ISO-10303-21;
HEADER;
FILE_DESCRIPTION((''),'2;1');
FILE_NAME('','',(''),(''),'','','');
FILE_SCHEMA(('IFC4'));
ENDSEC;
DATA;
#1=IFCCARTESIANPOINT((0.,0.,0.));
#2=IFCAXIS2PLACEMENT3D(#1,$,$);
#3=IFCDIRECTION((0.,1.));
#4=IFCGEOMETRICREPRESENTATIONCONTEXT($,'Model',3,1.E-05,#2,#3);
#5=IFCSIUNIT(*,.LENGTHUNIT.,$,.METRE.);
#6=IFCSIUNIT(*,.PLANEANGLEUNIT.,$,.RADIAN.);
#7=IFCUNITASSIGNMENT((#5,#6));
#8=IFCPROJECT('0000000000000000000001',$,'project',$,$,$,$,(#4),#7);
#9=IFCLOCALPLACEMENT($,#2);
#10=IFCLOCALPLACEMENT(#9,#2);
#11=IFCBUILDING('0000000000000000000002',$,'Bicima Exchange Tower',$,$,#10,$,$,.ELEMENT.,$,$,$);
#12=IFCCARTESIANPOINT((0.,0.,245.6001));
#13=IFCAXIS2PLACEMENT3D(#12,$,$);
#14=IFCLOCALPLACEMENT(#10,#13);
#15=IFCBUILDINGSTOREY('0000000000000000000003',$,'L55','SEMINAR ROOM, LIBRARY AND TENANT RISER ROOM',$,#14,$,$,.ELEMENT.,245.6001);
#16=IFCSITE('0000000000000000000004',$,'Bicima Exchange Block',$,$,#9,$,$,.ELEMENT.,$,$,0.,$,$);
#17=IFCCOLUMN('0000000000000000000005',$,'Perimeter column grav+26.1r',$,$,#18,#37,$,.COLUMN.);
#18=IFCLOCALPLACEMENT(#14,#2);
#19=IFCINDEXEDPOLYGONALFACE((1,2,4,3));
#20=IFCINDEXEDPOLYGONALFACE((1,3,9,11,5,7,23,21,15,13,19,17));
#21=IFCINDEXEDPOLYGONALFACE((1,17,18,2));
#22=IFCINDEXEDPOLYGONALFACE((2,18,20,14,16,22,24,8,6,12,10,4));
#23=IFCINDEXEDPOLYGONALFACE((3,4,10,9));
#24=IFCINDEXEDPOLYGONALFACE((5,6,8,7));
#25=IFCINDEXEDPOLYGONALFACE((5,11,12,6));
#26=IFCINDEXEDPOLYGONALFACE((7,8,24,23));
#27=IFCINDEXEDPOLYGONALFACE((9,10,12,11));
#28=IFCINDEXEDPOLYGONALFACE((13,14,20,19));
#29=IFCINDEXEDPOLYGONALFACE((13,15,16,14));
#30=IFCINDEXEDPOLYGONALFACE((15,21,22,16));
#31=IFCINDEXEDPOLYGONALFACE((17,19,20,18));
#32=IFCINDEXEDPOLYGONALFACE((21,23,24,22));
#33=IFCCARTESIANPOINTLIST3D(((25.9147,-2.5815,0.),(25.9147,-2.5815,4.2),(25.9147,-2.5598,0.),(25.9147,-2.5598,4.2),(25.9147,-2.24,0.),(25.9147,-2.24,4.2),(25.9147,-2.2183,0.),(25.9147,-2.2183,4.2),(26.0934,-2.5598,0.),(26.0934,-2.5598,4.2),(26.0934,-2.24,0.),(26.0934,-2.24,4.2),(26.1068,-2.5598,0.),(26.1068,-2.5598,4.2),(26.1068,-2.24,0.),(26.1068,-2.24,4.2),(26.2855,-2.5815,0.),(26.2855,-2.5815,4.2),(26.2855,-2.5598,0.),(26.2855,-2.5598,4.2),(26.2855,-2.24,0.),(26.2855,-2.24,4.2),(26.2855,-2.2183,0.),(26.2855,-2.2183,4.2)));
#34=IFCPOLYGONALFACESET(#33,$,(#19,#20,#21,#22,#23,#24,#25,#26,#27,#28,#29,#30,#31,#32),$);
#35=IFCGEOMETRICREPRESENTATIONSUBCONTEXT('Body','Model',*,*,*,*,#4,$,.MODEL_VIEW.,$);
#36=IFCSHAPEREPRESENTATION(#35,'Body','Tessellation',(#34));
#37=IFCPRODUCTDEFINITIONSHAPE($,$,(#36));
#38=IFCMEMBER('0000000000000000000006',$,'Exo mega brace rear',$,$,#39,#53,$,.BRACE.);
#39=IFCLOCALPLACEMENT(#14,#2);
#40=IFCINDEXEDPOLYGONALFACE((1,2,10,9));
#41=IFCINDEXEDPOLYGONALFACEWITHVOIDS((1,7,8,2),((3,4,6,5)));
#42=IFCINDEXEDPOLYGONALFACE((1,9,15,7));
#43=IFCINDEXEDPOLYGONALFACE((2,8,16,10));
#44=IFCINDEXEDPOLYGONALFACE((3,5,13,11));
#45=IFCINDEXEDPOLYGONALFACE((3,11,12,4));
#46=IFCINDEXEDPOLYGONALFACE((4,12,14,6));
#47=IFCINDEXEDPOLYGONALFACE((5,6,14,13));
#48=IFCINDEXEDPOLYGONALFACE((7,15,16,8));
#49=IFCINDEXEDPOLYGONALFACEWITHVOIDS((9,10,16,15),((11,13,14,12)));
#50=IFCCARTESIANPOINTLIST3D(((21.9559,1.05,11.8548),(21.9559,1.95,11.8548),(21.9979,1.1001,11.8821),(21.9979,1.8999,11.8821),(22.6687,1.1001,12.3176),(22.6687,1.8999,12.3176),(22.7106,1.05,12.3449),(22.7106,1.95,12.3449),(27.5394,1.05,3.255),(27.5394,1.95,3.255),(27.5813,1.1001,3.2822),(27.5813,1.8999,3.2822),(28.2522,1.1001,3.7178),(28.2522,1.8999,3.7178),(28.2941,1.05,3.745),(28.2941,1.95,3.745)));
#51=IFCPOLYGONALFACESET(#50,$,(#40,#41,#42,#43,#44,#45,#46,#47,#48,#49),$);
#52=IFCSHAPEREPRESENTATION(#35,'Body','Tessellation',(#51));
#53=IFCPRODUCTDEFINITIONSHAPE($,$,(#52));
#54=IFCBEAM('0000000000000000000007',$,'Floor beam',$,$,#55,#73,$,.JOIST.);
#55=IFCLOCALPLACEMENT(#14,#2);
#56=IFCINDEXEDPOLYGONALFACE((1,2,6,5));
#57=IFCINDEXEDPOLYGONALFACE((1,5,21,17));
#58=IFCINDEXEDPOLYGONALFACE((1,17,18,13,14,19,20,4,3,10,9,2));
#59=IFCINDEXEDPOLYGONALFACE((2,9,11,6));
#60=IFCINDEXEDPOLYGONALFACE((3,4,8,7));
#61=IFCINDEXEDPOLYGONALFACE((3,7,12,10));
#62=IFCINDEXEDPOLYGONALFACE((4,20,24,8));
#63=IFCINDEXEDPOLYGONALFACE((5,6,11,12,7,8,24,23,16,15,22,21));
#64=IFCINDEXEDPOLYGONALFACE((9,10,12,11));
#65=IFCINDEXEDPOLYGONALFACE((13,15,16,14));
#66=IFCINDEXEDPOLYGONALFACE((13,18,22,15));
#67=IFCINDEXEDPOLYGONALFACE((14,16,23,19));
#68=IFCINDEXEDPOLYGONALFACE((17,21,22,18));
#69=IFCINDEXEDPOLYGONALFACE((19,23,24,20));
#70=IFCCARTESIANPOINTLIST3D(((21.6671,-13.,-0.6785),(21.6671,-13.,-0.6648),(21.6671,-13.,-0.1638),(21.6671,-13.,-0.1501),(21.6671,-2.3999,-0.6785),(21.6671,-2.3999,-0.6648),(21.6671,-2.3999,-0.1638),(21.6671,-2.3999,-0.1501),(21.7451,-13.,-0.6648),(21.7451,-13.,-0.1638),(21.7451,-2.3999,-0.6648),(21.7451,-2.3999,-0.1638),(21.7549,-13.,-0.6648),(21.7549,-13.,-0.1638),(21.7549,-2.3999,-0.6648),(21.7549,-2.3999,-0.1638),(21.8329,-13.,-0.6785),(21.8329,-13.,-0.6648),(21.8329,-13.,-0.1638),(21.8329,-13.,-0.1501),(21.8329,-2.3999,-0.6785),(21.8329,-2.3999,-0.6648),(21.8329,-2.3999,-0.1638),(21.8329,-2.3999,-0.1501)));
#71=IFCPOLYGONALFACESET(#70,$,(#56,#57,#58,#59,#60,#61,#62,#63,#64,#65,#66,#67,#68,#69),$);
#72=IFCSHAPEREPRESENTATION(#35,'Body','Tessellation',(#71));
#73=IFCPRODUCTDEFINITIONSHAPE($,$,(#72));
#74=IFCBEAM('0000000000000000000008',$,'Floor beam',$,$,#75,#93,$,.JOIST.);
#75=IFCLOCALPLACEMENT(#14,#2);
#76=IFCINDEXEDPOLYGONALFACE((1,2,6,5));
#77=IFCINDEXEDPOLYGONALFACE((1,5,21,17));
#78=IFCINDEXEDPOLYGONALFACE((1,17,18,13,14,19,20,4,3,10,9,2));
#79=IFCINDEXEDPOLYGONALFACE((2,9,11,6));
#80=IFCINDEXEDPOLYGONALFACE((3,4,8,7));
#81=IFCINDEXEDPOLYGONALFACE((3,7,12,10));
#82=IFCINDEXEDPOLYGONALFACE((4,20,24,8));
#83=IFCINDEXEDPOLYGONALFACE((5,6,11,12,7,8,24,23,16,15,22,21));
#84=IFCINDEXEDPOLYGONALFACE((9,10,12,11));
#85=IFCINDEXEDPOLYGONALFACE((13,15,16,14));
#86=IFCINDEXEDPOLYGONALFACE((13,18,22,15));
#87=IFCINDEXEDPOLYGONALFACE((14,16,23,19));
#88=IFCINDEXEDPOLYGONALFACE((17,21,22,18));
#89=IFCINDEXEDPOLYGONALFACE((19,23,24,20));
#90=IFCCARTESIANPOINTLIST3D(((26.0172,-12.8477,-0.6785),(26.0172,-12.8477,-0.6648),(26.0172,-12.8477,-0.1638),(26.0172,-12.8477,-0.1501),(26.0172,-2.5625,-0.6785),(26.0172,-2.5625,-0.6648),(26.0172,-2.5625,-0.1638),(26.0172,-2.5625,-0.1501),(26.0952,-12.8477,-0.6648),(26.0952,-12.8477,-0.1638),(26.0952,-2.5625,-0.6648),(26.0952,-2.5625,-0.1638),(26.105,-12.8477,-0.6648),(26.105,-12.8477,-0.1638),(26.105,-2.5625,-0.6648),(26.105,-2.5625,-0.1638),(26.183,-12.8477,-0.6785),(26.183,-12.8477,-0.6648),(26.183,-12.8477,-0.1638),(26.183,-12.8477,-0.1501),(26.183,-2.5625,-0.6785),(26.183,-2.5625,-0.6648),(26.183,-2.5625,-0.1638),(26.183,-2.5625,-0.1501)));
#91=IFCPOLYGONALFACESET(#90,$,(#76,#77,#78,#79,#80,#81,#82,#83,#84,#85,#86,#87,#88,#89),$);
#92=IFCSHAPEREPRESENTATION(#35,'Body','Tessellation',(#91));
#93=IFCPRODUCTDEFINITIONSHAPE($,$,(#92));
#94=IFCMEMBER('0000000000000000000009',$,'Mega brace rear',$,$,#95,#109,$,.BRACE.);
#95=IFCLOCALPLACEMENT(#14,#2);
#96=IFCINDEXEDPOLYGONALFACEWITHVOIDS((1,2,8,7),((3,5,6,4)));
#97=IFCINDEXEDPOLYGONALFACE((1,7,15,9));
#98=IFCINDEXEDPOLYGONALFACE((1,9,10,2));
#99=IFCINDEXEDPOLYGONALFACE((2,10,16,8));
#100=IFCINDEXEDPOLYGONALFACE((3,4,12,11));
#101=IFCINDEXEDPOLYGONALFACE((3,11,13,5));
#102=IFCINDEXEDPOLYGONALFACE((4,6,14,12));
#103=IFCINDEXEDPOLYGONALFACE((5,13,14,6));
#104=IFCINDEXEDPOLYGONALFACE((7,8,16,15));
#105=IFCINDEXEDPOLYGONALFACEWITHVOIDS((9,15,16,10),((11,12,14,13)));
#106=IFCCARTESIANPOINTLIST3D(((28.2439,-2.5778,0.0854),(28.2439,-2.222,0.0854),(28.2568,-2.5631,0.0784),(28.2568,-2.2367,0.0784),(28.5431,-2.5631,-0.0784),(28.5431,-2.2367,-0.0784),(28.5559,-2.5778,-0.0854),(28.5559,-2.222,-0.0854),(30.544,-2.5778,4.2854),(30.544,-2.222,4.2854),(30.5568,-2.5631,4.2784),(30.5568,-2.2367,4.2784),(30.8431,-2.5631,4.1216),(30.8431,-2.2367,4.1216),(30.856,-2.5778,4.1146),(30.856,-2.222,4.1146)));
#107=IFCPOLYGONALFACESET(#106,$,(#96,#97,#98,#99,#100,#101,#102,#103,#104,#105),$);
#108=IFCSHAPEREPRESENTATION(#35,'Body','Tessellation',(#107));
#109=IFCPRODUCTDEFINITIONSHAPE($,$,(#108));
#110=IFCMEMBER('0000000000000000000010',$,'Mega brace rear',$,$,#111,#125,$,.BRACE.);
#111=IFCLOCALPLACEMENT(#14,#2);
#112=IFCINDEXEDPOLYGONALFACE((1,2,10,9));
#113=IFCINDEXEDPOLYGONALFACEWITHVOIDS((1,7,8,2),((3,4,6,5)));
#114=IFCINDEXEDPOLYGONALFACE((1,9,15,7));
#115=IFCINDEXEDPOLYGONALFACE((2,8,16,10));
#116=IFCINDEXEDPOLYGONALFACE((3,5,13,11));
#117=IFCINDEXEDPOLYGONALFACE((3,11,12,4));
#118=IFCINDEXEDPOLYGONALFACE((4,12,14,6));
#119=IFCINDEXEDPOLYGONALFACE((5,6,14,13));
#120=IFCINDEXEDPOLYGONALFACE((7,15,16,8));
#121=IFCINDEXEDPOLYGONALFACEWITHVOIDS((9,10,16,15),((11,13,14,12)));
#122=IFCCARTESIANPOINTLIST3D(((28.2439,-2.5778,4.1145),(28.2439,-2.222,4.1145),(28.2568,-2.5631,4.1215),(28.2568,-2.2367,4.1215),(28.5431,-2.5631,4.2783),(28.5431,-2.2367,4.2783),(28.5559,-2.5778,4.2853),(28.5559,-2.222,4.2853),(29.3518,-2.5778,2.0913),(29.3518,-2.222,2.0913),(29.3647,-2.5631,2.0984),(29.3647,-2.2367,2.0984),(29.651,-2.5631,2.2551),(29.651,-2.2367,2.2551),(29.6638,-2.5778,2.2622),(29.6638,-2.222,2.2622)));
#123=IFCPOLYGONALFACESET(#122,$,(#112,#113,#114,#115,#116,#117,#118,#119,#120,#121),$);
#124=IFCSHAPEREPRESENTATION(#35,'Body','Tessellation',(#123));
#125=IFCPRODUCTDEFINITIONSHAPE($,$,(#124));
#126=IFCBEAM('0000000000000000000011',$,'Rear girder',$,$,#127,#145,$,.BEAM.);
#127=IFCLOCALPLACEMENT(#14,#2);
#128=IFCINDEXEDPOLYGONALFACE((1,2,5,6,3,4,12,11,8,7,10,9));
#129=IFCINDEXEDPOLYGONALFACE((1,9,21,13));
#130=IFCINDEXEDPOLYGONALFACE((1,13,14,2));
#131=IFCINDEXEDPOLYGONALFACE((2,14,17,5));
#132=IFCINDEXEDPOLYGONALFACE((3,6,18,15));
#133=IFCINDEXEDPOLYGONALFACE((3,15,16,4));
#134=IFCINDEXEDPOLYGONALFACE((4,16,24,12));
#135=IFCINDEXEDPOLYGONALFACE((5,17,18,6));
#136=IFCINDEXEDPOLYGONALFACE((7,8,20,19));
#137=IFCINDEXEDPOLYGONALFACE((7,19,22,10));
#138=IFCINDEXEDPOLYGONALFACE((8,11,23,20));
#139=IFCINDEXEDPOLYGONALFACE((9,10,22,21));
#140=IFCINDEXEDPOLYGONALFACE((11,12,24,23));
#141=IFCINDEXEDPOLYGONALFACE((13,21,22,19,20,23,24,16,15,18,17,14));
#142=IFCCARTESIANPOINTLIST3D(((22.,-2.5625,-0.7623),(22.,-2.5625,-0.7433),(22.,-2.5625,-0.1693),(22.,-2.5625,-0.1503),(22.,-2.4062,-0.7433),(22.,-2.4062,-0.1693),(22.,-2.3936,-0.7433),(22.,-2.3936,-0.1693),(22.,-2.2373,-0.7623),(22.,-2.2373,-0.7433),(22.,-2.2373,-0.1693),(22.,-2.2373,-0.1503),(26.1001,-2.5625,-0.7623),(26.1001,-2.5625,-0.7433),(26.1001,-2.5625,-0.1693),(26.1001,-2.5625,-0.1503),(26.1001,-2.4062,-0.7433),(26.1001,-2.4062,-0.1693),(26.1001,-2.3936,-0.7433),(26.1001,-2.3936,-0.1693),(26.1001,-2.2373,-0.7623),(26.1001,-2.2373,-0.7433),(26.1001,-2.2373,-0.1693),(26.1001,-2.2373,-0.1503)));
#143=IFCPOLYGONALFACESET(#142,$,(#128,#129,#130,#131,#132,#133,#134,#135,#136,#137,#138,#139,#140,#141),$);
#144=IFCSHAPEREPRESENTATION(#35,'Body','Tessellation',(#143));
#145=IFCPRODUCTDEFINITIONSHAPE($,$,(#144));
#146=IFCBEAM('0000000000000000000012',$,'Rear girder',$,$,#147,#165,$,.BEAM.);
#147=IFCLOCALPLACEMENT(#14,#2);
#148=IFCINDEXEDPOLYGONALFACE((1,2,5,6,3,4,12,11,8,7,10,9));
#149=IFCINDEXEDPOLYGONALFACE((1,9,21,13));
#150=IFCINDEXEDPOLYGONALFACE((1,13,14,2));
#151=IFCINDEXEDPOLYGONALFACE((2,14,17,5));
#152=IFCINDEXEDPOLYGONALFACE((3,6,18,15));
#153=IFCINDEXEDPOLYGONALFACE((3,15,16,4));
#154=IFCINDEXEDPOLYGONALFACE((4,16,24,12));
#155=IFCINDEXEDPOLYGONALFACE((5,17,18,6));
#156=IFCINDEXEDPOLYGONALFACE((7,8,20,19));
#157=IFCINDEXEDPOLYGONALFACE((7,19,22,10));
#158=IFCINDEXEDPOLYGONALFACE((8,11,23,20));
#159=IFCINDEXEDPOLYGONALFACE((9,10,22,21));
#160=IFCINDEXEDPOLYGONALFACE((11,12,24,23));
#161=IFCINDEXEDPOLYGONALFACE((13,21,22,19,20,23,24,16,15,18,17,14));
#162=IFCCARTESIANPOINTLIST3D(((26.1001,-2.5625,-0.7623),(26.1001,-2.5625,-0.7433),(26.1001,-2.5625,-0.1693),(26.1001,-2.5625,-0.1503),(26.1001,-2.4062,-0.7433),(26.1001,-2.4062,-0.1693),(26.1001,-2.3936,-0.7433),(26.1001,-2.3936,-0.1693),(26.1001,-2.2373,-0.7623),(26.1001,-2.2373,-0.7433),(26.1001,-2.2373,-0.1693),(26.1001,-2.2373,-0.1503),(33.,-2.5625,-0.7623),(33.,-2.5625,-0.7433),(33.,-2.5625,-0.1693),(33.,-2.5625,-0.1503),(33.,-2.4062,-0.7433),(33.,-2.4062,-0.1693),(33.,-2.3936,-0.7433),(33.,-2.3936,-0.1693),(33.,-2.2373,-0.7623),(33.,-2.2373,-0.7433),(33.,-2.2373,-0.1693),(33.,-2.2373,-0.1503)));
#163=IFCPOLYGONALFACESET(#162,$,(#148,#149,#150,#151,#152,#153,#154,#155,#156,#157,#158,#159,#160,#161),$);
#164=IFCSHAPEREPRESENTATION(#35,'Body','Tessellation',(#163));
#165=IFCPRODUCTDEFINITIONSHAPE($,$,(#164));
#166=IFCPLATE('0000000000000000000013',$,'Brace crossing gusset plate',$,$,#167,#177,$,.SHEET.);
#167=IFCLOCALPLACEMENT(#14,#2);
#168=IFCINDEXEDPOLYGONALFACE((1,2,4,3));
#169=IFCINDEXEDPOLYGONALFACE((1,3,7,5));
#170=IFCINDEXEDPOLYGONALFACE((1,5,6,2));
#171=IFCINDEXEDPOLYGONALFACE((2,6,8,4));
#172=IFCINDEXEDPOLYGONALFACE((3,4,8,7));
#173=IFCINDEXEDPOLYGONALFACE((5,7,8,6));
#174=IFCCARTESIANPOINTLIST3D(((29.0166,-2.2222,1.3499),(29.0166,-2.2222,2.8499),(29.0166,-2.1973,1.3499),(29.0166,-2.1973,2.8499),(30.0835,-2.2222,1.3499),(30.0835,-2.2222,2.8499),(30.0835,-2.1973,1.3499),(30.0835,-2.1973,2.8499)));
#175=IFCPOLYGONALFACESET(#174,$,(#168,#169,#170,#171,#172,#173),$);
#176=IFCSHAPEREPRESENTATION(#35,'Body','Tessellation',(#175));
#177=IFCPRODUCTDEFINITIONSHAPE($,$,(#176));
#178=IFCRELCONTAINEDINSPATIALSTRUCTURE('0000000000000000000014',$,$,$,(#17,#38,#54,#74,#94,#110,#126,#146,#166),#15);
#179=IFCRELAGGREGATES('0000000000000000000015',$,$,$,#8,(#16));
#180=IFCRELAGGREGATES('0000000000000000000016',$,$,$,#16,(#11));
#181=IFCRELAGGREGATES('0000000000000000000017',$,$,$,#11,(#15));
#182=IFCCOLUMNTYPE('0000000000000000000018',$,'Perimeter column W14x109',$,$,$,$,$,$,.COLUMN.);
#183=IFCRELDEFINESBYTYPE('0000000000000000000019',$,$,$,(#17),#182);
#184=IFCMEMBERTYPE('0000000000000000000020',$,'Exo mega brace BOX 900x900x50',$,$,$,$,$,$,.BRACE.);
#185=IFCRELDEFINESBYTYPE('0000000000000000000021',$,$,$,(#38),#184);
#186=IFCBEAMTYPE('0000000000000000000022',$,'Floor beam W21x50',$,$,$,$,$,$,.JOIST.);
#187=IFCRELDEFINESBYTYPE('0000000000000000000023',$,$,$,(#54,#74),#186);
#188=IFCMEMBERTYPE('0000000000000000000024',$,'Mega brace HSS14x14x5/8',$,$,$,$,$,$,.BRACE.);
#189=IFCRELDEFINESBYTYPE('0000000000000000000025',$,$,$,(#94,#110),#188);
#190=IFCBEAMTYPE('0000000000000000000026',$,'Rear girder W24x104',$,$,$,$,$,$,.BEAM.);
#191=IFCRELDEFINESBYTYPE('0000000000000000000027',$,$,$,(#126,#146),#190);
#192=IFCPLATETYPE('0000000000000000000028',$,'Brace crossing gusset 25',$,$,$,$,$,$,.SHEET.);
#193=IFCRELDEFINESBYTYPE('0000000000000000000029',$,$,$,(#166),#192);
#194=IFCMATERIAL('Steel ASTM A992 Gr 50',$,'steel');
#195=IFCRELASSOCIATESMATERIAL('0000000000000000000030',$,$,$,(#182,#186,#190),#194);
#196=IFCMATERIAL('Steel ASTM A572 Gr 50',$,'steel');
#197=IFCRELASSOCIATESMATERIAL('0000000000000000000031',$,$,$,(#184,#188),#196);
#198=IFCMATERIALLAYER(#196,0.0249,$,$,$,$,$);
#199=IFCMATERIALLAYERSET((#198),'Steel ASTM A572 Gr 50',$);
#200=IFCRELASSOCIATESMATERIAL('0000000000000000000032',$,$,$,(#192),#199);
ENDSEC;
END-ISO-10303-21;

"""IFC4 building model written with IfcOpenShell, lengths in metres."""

from ifc_helpers import new_model, si_unit, direction, frame, origin, origin_2d, place, context, subcontext, project, spatial, rectangle, hollow_rectangle, i_section, extrude, material, layer, layer_set, material_profile, profile_set, type_object, element, save


model = new_model("IFC4")

# Units and contexts
model_context = context("Model", 3, precision=1e-05, world=origin(), true_north=direction((0.0, 1.0)))
body_context = subcontext(model_context, "Body", "Model", "MODEL_VIEW")
ifc_project = project(units=[si_unit("LENGTHUNIT", "METRE"), si_unit("PLANEANGLEUNIT", "RADIAN")], contexts=[model_context])

# Site, building, storey
site_placement = place(None, origin())
site = spatial("IfcSite", under=ifc_project, at=site_placement, Name="Bicima Exchange Block", CompositionType="ELEMENT", RefElevation=0.0)
building_placement = place(site_placement, origin())
building = spatial("IfcBuilding", under=site, at=building_placement, Name="Bicima Exchange Tower", CompositionType="ELEMENT")
storey_placement = place(building_placement, frame((0.0, 0.0, 245.6001)))
storey = spatial("IfcBuildingStorey", under=building, at=storey_placement, Name="L55", Description="SEMINAR ROOM, LIBRARY AND TENANT RISER ROOM", CompositionType="ELEMENT", Elevation=245.6001)

# Column
ifc_material_1 = material(Name="Steel ASTM A992 Gr 50", Category="steel")
ifc_material_profile_1 = material_profile(ifc_material_1, i_section(OverallWidth=0.3708, OverallDepth=0.3633, WebThickness=0.0134, FlangeThickness=0.0217, at=origin_2d()))
ifc_profile_set_1 = profile_set([ifc_material_profile_1], Name="Steel ASTM A992 Gr 50")
column_type = type_object("IfcColumnType", Name="Perimeter column W14x109", PredefinedType="COLUMN", material=ifc_profile_set_1)
column_placement = place(storey_placement, frame((26.1001, -2.3999, 0.0), z_axis=(0.0, 0.0, 1.0), x_axis=(1.0, 0.0, 0.0)))
element("IfcColumn", 1, at=column_placement, inside=storey, type_object=column_type, Name="Perimeter column grav+26.1r", PredefinedType="COLUMN", context=body_context, shape_type="SweptSolid", body=[
    extrude(i_section(OverallWidth=0.3708, OverallDepth=0.3633, WebThickness=0.0134, FlangeThickness=0.0217, at=origin_2d()), origin(), (0.0, 0.0, 1.0), 4.2),
])

# Member
ifc_material_2 = material(Name="Steel ASTM A572 Gr 50", Category="steel")
ifc_material_profile_2 = material_profile(ifc_material_2, hollow_rectangle(XDim=0.8999, YDim=0.8999, WallThickness=0.05, at=origin_2d()))
ifc_profile_set_2 = profile_set([ifc_material_profile_2], Name="Steel ASTM A572 Gr 50")
member_type_1 = type_object("IfcMemberType", Name="Exo mega brace BOX 900x900x50", PredefinedType="BRACE", material=ifc_profile_set_2)
member_1_placement = place(storey_placement, frame((27.9167, 1.5, 3.5), z_axis=(-0.544549, 0.0, 0.838729), x_axis=(0.0, -1.0, 0.0)))
element("IfcMember", 2, at=member_1_placement, inside=storey, type_object=member_type_1, Name="Exo mega brace rear", PredefinedType="BRACE", context=body_context, shape_type="SweptSolid", body=[
    extrude(hollow_rectangle(XDim=0.8999, YDim=0.8999, WallThickness=0.05, at=origin_2d()), origin(), (0.0, 0.0, 1.0), 10.2534),
])

# Beams
ifc_material_profile_3 = material_profile(ifc_material_1, i_section(OverallWidth=0.1658, OverallDepth=0.5283, WebThickness=0.0098, FlangeThickness=0.0137, at=origin_2d()))
ifc_profile_set_3 = profile_set([ifc_material_profile_3], Name="Steel ASTM A992 Gr 50")
beam_type_1 = type_object("IfcBeamType", Name="Floor beam W21x50", PredefinedType="JOIST", material=ifc_profile_set_3)
beam_1_placement = place(storey_placement, frame((21.75, -2.3999, -0.4143), z_axis=(0.0, -1.0, 0.0), x_axis=(1.0, 0.0, 0.0)))
element("IfcBeam", 3, at=beam_1_placement, inside=storey, type_object=beam_type_1, Name="Floor beam", PredefinedType="JOIST", context=body_context, shape_type="SweptSolid", body=[
    extrude(i_section(OverallWidth=0.1658, OverallDepth=0.5283, WebThickness=0.0098, FlangeThickness=0.0137, at=origin_2d()), origin(), (0.0, 0.0, 1.0), 10.6001),
])
beam_2_placement = place(storey_placement, frame((26.1001, -2.5625, -0.4143), z_axis=(0.0, -1.0, 0.0), x_axis=(1.0, 0.0, 0.0)))
element("IfcBeam", 4, at=beam_2_placement, inside=storey, type_object=beam_type_1, Name="Floor beam", PredefinedType="JOIST", context=body_context, shape_type="SweptSolid", body=[
    extrude(i_section(OverallWidth=0.1658, OverallDepth=0.5283, WebThickness=0.0098, FlangeThickness=0.0137, at=origin_2d()), origin(), (0.0, 0.0, 1.0), 10.2852),
])

# Members
ifc_material_profile_4 = material_profile(ifc_material_2, hollow_rectangle(XDim=0.3557, YDim=0.3557, WallThickness=0.0146, at=origin_2d()))
ifc_profile_set_4 = profile_set([ifc_material_profile_4], Name="Steel ASTM A572 Gr 50")
member_type_2 = type_object("IfcMemberType", Name="Mega brace HSS14x14x5/8", PredefinedType="BRACE", material=ifc_profile_set_4)
member_2_placement = place(storey_placement, frame((28.3999, -2.3999, 0.0), z_axis=(0.480327, 0.0, 0.87709), x_axis=(0.0, 1.0, 0.0)))
element("IfcMember", 5, at=member_2_placement, inside=storey, type_object=member_type_2, Name="Mega brace rear", PredefinedType="BRACE", context=body_context, shape_type="SweptSolid", body=[
    extrude(hollow_rectangle(XDim=0.3557, YDim=0.3557, WallThickness=0.0146, at=origin_2d()), origin(), (0.0, 0.0, 1.0), 4.7886),
])
member_3_placement = place(storey_placement, frame((29.5078, -2.3999, 2.1768), z_axis=(-0.480305, 0.0, 0.877102), x_axis=(0.0, -1.0, 0.0)))
element("IfcMember", 6, at=member_3_placement, inside=storey, type_object=member_type_2, Name="Mega brace rear", PredefinedType="BRACE", context=body_context, shape_type="SweptSolid", body=[
    extrude(hollow_rectangle(XDim=0.3557, YDim=0.3557, WallThickness=0.0146, at=origin_2d()), origin(), (0.0, 0.0, 1.0), 2.3066),
])

# Beams
ifc_material_profile_5 = material_profile(ifc_material_1, i_section(OverallWidth=0.3252, OverallDepth=0.6121, WebThickness=0.0127, FlangeThickness=0.019, at=origin_2d()))
ifc_profile_set_5 = profile_set([ifc_material_profile_5], Name="Steel ASTM A992 Gr 50")
beam_type_2 = type_object("IfcBeamType", Name="Rear girder W24x104", PredefinedType="BEAM", material=ifc_profile_set_5)
beam_3_placement = place(storey_placement, frame((22.0, -2.3999, -0.4563), z_axis=(1.0, 0.0, 0.0), x_axis=(0.0, 1.0, 0.0)))
element("IfcBeam", 7, at=beam_3_placement, inside=storey, type_object=beam_type_2, Name="Rear girder", PredefinedType="BEAM", context=body_context, shape_type="SweptSolid", body=[
    extrude(i_section(OverallWidth=0.3252, OverallDepth=0.6121, WebThickness=0.0127, FlangeThickness=0.019, at=origin_2d()), origin(), (0.0, 0.0, 1.0), 4.1001),
])
beam_4_placement = place(storey_placement, frame((26.1001, -2.3999, -0.4563), z_axis=(1.0, 0.0, 0.0), x_axis=(0.0, 1.0, 0.0)))
element("IfcBeam", 8, at=beam_4_placement, inside=storey, type_object=beam_type_2, Name="Rear girder", PredefinedType="BEAM", context=body_context, shape_type="SweptSolid", body=[
    extrude(i_section(OverallWidth=0.3252, OverallDepth=0.6121, WebThickness=0.0127, FlangeThickness=0.019, at=origin_2d()), origin(), (0.0, 0.0, 1.0), 6.8999),
])

# Plate
ifc_layer_1 = layer(ifc_material_2, 0.0249)
ifc_layer_set_1 = layer_set([ifc_layer_1], Name="Steel ASTM A572 Gr 50")
plate_type = type_object("IfcPlateType", Name="Brace crossing gusset 25", PredefinedType="SHEET", material=ifc_layer_set_1)
plate_placement = place(storey_placement, frame((29.55, -2.2097, 1.3499), z_axis=(0.0, 0.0, 1.0), x_axis=(1.0, 0.0, 0.0)))
element("IfcPlate", 9, at=plate_placement, inside=storey, type_object=plate_type, Name="Brace crossing gusset plate", PredefinedType="SHEET", context=body_context, shape_type="SweptSolid", body=[
    extrude(rectangle(XDim=1.0669, YDim=0.0249, at=origin_2d()), origin(), (0.0, 0.0, 1.0), 1.5),
])

save(model, "model.ifc")
